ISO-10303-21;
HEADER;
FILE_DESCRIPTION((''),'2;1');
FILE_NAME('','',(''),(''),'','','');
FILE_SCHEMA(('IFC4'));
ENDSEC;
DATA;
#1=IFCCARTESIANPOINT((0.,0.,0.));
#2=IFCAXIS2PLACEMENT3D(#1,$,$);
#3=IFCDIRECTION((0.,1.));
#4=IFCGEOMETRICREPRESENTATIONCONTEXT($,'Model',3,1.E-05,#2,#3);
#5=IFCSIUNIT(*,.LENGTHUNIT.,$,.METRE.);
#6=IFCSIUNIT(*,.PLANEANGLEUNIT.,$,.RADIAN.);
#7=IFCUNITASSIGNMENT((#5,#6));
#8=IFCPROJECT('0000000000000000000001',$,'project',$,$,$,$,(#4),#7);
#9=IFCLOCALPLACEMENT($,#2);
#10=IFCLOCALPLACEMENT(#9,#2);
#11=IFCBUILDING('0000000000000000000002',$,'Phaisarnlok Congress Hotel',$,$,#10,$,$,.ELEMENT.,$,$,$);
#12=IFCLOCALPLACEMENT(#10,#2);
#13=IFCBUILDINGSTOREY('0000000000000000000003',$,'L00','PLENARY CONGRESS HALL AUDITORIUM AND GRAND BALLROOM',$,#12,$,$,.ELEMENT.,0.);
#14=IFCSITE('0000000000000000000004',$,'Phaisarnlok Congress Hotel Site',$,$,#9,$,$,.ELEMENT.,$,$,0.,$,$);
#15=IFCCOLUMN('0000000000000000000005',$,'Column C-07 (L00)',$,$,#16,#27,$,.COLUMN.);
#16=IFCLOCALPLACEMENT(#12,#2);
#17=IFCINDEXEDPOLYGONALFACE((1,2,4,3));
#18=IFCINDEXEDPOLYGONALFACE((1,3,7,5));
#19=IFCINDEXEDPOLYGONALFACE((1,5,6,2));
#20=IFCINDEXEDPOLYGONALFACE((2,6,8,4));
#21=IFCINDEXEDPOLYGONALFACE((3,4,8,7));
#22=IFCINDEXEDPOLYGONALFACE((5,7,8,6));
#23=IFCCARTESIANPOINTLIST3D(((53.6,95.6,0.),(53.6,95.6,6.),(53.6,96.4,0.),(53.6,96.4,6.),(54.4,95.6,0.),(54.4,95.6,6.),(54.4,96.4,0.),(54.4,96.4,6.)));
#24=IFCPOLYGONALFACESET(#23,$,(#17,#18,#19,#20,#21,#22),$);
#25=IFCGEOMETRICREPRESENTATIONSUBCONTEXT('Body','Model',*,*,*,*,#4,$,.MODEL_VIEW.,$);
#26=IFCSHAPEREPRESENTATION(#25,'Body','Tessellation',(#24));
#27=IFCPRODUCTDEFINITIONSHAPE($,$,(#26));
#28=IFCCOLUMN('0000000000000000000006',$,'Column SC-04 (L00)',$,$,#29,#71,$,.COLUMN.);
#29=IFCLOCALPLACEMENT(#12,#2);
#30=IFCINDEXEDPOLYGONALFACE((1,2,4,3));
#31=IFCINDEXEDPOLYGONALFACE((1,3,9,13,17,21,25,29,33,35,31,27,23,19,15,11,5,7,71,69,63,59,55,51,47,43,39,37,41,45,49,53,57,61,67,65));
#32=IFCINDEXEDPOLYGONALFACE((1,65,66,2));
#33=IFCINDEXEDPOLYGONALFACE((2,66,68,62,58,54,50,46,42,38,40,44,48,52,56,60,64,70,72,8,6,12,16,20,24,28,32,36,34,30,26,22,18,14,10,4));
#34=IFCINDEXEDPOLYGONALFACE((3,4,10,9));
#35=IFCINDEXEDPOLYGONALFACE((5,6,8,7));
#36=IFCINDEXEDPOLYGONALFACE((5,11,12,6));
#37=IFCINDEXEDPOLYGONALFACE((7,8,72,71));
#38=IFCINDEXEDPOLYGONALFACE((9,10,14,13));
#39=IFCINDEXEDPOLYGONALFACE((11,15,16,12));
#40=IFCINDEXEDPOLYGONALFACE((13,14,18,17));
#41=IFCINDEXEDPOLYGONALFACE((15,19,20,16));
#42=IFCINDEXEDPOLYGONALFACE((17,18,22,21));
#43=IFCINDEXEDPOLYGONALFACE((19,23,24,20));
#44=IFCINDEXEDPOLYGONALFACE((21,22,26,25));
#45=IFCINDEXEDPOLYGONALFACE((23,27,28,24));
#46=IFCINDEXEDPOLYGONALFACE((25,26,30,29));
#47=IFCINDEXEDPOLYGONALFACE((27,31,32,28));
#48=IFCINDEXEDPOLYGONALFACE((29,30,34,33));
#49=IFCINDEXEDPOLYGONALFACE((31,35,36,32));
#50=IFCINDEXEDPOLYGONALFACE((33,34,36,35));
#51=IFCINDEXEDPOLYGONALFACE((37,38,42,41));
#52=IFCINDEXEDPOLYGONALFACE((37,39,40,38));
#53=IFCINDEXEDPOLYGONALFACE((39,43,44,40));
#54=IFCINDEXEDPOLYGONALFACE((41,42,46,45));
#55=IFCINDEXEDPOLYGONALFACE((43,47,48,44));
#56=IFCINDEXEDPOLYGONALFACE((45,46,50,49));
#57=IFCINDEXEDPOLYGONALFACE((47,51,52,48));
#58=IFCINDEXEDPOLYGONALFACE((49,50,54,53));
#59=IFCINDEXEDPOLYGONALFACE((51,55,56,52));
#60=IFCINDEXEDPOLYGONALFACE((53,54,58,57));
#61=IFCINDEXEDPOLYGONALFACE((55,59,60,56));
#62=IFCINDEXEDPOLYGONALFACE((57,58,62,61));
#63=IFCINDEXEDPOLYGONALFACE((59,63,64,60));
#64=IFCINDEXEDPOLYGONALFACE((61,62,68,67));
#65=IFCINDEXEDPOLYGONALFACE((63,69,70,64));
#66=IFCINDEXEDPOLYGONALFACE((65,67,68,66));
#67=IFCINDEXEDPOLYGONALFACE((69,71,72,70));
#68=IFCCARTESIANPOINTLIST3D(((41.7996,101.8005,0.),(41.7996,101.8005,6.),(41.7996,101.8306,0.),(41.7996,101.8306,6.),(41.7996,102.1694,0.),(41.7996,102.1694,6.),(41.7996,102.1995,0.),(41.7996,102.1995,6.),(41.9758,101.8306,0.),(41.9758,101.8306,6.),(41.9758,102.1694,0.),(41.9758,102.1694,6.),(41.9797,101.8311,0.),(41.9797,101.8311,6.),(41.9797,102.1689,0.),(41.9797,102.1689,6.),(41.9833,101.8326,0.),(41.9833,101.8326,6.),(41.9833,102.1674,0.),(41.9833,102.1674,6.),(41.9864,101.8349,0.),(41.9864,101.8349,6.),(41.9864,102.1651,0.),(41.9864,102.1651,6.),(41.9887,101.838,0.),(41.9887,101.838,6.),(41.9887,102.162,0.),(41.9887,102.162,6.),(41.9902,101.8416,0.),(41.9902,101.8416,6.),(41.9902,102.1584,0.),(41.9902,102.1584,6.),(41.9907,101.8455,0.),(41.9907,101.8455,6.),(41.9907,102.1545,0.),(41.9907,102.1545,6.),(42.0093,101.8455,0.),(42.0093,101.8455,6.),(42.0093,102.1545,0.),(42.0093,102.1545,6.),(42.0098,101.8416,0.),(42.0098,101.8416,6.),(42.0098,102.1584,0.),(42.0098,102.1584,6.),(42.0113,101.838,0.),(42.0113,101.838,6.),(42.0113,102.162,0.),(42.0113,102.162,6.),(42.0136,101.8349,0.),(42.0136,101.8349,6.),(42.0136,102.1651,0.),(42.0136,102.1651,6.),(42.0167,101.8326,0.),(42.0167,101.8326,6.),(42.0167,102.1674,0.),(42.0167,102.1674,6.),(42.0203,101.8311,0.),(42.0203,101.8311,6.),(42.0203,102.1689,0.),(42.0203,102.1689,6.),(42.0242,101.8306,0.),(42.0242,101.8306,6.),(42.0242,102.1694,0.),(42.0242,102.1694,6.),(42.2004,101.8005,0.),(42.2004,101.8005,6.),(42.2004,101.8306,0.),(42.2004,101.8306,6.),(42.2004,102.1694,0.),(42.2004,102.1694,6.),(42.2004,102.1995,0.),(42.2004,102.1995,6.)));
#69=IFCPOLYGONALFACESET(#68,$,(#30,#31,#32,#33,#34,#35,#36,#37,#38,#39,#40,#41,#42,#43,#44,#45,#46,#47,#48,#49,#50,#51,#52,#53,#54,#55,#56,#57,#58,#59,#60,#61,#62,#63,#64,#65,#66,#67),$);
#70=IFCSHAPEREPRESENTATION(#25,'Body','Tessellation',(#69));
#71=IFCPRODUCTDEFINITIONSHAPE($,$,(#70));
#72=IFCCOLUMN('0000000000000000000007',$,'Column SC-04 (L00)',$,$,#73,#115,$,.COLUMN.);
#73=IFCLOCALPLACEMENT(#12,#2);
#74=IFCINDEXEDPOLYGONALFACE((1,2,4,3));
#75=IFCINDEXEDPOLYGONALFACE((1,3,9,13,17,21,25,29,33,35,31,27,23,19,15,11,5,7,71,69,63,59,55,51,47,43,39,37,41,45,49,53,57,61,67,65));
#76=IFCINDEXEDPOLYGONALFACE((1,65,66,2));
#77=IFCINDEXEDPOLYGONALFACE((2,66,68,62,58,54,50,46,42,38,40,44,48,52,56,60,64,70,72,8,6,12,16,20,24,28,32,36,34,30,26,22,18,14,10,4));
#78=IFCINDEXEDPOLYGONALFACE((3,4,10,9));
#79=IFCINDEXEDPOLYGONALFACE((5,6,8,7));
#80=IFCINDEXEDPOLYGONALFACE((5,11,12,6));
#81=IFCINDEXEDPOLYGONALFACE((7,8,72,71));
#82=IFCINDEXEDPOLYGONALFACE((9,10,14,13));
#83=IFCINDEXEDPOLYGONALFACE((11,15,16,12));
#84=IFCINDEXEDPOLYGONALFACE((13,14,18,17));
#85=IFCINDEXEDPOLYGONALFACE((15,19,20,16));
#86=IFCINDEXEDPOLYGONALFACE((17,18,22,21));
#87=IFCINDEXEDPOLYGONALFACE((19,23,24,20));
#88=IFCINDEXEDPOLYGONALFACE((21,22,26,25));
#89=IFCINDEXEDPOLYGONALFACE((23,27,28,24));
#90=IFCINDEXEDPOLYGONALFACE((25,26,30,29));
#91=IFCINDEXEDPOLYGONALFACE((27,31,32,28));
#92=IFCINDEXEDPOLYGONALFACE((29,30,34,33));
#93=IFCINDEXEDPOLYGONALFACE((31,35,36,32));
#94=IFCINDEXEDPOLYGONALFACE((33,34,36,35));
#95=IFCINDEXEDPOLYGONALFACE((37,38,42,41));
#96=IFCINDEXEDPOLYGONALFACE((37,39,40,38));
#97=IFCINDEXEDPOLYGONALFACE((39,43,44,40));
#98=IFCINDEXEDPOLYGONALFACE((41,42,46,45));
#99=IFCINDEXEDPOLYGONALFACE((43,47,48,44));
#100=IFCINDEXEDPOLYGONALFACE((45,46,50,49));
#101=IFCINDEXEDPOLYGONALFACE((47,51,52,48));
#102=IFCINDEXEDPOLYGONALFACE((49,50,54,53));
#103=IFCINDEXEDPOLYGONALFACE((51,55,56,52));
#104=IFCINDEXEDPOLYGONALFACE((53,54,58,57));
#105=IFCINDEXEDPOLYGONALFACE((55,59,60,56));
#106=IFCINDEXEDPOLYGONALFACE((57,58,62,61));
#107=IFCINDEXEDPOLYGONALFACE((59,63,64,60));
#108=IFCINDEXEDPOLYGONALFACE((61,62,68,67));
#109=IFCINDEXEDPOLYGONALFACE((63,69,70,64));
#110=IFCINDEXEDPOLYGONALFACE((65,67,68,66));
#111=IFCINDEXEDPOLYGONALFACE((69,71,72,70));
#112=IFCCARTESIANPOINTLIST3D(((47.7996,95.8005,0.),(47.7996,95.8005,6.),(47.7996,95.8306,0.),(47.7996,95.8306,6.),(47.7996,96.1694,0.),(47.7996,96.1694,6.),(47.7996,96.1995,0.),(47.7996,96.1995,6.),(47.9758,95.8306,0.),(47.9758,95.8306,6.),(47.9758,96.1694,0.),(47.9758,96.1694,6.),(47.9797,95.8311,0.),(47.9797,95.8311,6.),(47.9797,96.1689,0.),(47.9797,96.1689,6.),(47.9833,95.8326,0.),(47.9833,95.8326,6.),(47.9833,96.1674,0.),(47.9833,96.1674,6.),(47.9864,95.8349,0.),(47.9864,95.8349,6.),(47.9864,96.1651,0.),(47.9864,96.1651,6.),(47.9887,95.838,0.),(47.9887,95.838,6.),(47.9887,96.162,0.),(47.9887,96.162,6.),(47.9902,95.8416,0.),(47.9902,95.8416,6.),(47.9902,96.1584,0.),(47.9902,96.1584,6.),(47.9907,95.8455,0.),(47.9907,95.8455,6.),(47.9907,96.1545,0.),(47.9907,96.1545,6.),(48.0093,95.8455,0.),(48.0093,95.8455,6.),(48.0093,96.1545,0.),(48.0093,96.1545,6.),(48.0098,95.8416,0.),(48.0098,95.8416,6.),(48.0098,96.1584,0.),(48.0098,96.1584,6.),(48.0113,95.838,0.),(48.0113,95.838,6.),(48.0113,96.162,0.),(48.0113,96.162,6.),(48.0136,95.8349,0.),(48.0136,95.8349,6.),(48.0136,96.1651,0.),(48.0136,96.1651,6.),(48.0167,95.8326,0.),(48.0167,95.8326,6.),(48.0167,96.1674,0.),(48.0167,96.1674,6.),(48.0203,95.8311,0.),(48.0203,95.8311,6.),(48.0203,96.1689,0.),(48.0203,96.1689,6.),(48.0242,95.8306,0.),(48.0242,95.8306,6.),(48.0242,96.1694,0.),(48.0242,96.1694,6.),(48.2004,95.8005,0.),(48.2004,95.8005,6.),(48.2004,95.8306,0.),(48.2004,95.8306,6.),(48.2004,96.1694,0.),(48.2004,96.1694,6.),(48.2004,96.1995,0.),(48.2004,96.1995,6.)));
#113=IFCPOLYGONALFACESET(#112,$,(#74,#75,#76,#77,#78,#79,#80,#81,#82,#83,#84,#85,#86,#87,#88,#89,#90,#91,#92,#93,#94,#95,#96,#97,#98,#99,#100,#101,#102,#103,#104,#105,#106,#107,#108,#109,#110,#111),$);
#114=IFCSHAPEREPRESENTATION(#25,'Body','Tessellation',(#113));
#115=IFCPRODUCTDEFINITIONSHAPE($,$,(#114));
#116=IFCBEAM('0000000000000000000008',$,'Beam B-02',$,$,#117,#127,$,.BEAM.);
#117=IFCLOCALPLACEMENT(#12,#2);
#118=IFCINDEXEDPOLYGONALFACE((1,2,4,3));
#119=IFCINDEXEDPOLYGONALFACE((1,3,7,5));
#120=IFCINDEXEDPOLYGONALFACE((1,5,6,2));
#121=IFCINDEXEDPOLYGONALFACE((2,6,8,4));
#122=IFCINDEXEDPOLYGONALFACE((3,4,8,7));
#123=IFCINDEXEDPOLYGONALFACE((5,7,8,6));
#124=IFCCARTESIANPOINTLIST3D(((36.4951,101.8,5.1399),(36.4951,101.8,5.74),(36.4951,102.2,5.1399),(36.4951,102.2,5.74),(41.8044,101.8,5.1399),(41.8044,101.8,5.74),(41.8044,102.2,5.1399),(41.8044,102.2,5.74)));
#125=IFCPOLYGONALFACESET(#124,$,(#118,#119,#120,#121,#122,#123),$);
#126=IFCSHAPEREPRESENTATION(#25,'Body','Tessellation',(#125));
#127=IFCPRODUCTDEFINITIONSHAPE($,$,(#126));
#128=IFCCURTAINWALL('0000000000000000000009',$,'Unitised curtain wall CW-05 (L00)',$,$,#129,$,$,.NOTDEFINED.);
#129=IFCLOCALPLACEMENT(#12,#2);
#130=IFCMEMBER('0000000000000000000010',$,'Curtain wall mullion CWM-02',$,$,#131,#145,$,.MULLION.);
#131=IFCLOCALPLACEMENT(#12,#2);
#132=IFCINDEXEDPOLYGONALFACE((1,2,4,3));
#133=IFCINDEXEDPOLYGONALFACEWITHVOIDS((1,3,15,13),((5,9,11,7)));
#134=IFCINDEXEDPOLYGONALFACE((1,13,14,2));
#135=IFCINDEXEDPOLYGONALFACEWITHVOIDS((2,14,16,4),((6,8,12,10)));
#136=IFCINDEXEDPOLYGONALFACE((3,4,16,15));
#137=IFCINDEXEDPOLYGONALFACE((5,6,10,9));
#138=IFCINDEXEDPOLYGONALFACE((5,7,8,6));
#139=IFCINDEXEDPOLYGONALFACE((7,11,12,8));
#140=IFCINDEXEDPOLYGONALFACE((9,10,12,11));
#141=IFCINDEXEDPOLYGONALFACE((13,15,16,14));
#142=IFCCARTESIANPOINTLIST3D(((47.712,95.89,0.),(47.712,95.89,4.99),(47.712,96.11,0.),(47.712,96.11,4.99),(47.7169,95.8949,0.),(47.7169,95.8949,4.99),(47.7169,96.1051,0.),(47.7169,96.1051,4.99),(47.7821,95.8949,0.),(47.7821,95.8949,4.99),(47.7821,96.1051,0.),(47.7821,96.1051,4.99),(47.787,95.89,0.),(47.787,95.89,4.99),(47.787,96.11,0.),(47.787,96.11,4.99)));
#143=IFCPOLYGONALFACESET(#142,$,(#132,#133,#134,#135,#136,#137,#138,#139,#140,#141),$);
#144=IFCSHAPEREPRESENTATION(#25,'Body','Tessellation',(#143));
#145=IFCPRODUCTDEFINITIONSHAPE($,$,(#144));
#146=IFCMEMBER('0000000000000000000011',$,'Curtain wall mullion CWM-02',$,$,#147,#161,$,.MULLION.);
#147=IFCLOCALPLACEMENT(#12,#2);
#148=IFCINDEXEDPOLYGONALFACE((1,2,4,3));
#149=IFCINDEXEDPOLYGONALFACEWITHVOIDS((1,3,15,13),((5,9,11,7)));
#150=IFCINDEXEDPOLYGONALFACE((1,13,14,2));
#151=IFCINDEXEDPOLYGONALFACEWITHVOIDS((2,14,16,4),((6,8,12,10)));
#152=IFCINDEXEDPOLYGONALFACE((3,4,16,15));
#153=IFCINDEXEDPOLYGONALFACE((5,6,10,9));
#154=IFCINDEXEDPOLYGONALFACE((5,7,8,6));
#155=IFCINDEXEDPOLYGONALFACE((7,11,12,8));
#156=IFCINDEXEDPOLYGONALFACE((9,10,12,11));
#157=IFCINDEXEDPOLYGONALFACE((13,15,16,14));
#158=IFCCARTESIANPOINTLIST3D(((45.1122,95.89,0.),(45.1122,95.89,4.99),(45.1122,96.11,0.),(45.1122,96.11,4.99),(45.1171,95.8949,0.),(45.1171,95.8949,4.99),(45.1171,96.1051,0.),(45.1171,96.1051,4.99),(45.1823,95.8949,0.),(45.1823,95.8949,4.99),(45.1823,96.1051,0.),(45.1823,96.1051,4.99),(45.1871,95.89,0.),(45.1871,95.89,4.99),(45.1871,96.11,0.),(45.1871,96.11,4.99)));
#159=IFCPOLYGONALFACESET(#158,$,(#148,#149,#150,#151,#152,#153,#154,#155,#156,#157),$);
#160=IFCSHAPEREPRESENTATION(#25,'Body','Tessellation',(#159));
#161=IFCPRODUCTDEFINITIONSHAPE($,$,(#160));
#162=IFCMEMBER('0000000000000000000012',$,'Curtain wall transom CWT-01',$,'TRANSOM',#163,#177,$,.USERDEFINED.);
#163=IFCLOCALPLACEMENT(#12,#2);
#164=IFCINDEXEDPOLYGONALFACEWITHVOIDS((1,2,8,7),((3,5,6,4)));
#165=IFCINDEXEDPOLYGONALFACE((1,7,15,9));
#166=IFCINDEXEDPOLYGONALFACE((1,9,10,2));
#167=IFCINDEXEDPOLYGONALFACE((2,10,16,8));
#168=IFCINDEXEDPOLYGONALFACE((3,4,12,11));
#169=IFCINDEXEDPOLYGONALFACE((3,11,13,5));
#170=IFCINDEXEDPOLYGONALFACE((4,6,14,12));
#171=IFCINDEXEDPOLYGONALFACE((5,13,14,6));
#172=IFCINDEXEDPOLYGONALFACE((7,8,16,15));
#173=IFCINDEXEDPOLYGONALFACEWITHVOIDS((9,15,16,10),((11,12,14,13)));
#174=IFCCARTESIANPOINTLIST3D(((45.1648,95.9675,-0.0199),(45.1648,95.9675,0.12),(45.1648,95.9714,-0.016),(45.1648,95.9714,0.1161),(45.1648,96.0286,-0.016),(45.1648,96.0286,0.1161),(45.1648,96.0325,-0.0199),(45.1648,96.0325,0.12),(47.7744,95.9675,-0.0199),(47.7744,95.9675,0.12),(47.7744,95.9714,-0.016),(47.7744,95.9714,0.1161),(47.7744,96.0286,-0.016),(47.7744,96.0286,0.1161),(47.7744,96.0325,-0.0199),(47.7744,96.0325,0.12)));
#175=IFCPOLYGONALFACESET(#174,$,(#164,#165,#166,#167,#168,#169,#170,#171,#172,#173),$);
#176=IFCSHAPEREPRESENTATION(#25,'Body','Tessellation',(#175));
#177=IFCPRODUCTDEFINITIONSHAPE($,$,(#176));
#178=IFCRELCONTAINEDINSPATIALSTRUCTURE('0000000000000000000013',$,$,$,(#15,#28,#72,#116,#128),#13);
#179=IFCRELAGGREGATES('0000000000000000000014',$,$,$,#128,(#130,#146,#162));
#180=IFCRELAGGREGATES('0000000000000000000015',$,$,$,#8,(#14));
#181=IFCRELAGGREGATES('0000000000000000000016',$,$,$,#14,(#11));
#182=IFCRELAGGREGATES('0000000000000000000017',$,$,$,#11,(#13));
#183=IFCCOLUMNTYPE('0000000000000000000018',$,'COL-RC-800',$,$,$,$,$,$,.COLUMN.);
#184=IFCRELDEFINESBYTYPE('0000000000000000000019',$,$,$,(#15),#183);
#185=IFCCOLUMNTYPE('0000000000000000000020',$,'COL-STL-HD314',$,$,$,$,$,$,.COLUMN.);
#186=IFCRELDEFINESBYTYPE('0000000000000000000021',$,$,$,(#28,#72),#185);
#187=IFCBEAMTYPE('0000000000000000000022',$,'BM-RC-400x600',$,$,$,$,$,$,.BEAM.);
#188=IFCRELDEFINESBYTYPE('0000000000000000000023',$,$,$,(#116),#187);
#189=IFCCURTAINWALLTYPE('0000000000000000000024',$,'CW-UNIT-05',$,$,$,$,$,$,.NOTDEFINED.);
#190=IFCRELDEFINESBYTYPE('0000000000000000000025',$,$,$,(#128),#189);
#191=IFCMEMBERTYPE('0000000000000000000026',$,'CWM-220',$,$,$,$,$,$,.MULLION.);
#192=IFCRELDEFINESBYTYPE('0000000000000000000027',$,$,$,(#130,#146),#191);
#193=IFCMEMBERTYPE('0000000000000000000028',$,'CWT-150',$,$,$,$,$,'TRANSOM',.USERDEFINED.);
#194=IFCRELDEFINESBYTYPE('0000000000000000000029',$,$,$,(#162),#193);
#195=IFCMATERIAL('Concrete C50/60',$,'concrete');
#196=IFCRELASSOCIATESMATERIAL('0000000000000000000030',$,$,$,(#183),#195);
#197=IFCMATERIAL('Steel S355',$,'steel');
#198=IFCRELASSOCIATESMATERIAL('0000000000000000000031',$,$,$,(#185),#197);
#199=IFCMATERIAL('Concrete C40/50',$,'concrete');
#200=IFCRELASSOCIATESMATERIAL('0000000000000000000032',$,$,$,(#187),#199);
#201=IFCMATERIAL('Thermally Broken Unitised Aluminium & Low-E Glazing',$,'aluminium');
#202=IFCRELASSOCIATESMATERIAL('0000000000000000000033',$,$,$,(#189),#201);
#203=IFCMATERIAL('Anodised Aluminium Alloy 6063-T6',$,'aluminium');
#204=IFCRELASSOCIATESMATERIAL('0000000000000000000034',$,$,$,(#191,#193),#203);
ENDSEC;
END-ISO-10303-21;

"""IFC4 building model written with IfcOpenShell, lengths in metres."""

from ifc_helpers import new_model, si_unit, direction, frame, origin, origin_2d, place, context, subcontext, project, spatial, rectangle, hollow_rectangle, i_section, extrude, material, material_profile, profile_set, type_object, element, aggregate, save


model = new_model("IFC4")

# Units and contexts
model_context = context("Model", 3, precision=1e-05, world=origin(), true_north=direction((0.0, 1.0)))
body_context = subcontext(model_context, "Body", "Model", "MODEL_VIEW")
ifc_project = project(units=[si_unit("LENGTHUNIT", "METRE"), si_unit("PLANEANGLEUNIT", "RADIAN")], contexts=[model_context])

# Site, building, storey
site_placement = place(None, origin())
site = spatial("IfcSite", under=ifc_project, at=site_placement, Name="Phaisarnlok Congress Hotel Site", CompositionType="ELEMENT", RefElevation=0.0)
building_placement = place(site_placement, origin())
building = spatial("IfcBuilding", under=site, at=building_placement, Name="Phaisarnlok Congress Hotel", CompositionType="ELEMENT")
storey_placement = place(building_placement, origin())
storey = spatial("IfcBuildingStorey", under=building, at=storey_placement, Name="L00", Description="PLENARY CONGRESS HALL AUDITORIUM AND GRAND BALLROOM", CompositionType="ELEMENT", Elevation=0.0)

# Columns
ifc_material_1 = material(Name="Concrete C50/60", Category="concrete")
ifc_material_profile_1 = material_profile(ifc_material_1, rectangle(XDim=0.8, YDim=0.8, at=origin_2d()), Name="RC 800x800")
ifc_profile_set_1 = profile_set([ifc_material_profile_1], Name="Concrete C50/60")
column_type_1 = type_object("IfcColumnType", Name="COL-RC-800", PredefinedType="COLUMN", material=ifc_profile_set_1)
column_placement = place(storey_placement, frame((54.0, 96.0, 0.0), z_axis=(0.0, 0.0, 1.0), x_axis=(1.0, 0.0, 0.0)))
element("IfcColumn", 1, at=column_placement, inside=storey, type_object=column_type_1, Name="Column C-07 (L00)", PredefinedType="COLUMN", context=body_context, shape_type="SweptSolid", body=[
    extrude(rectangle(XDim=0.8, YDim=0.8, at=origin_2d()), origin(), (0.0, 0.0, 1.0), 6.0),
])
ifc_material_2 = material(Name="Steel S355", Category="steel")
ifc_material_profile_2 = material_profile(ifc_material_2, i_section(OverallWidth=0.4009, OverallDepth=0.3989, WebThickness=0.0186, FlangeThickness=0.03, FilletRadius=0.0149, at=origin_2d()), Name="HD 400x314")
ifc_profile_set_2 = profile_set([ifc_material_profile_2], Name="Steel S355")
column_type_2 = type_object("IfcColumnType", Name="COL-STL-HD314", PredefinedType="COLUMN", material=ifc_profile_set_2)
for number, where, z_axis, x_axis, name in (
    (2, (42.0, 102.0, 0.0), (0.0, 0.0, 1.0), (1.0, 0.0, 0.0), "Column SC-04 (L00)"),
    (3, (48.0, 96.0, 0.0), (0.0, 0.0, 1.0), (1.0, 0.0, 0.0), "Column SC-04 (L00)"),
):
    element("IfcColumn", number, at=place(storey_placement, frame(where, z_axis=z_axis, x_axis=x_axis)), inside=storey, type_object=column_type_2, Name=name, PredefinedType="COLUMN", context=body_context, shape_type="SweptSolid", body=[
        extrude(i_section(OverallWidth=0.4009, OverallDepth=0.3989, WebThickness=0.0186, FlangeThickness=0.03, FilletRadius=0.0149, at=origin_2d()), origin(), (0.0, 0.0, 1.0), 6.0),
    ])

# Beam
ifc_material_3 = material(Name="Concrete C40/50", Category="concrete")
ifc_material_profile_3 = material_profile(ifc_material_3, rectangle(XDim=0.3999, YDim=0.6001, at=origin_2d()), Name="RC 400x600")
ifc_profile_set_3 = profile_set([ifc_material_profile_3], Name="Concrete C40/50")
beam_type_1 = type_object("IfcBeamType", Name="BM-RC-400x600", PredefinedType="BEAM", material=ifc_profile_set_3)
beam_1_placement = place(storey_placement, frame((36.4951, 102.0, 5.4399), z_axis=(1.0, 0.0, 0.0), x_axis=(0.0, 1.0, 0.0)))
element("IfcBeam", 4, at=beam_1_placement, inside=storey, type_object=beam_type_1, Name="Beam B-02", PredefinedType="BEAM", context=body_context, shape_type="SweptSolid", body=[
    extrude(rectangle(XDim=0.3999, YDim=0.6001, at=origin_2d()), origin(), (0.0, 0.0, 1.0), 5.3093),
])

# Curtain wall, members
ifc_material_4 = material(Name="Thermally Broken Unitised Aluminium & Low-E Glazing", Category="aluminium")
curtain_wall_type = type_object("IfcCurtainWallType", Name="CW-UNIT-05", PredefinedType="NOTDEFINED", material=ifc_material_4)
curtain_wall_placement = place(storey_placement, origin())
curtain_wall = element("IfcCurtainWall", 5, at=curtain_wall_placement, inside=storey, type_object=curtain_wall_type, Name="Unitised curtain wall CW-05 (L00)", PredefinedType="NOTDEFINED")
ifc_material_5 = material(Name="Anodised Aluminium Alloy 6063-T6", Category="aluminium")
ifc_material_profile_4 = material_profile(ifc_material_5, hollow_rectangle(XDim=0.075, YDim=0.22, WallThickness=0.0049, at=origin_2d()), Name="ALU-M 75x220x5")
ifc_profile_set_4 = profile_set([ifc_material_profile_4], Name="Anodised Aluminium Alloy 6063-T6")
member_type_1 = type_object("IfcMemberType", Name="CWM-220", PredefinedType="MULLION", material=ifc_profile_set_4)
member_1_placement = place(storey_placement, frame((47.7495, 96.0, 0.0), z_axis=(0.0, 0.0, 1.0), x_axis=(-1.0, 0.0, 0.0)))
member_1 = element("IfcMember", 6, at=member_1_placement, type_object=member_type_1, Name="Curtain wall mullion CWM-02", PredefinedType="MULLION", context=body_context, shape_type="SweptSolid", body=[
    extrude(hollow_rectangle(XDim=0.075, YDim=0.22, WallThickness=0.0049, at=origin_2d()), origin(), (0.0, 0.0, 1.0), 4.99),
])
member_2_placement = place(storey_placement, frame((45.1497, 96.0, 0.0), z_axis=(0.0, 0.0, 1.0), x_axis=(-1.0, 0.0, 0.0)))
member_2 = element("IfcMember", 7, at=member_2_placement, type_object=member_type_1, Name="Curtain wall mullion CWM-02", PredefinedType="MULLION", context=body_context, shape_type="SweptSolid", body=[
    extrude(hollow_rectangle(XDim=0.075, YDim=0.22, WallThickness=0.0049, at=origin_2d()), origin(), (0.0, 0.0, 1.0), 4.99),
])
ifc_material_profile_5 = material_profile(ifc_material_5, hollow_rectangle(XDim=0.0649, YDim=0.1399, WallThickness=0.0039, at=origin_2d()), Name="ALU-T 65x140x4")
ifc_profile_set_5 = profile_set([ifc_material_profile_5], Name="Anodised Aluminium Alloy 6063-T6")
member_type_2 = type_object("IfcMemberType", Name="CWT-150", ElementType="TRANSOM", PredefinedType="USERDEFINED", material=ifc_profile_set_5)
member_3_placement = place(storey_placement, frame((47.7744, 96.0, 0.05), z_axis=(-1.0, 0.0, 0.0), x_axis=(0.0, -1.0, 0.0)))
member_3 = element("IfcMember", 8, at=member_3_placement, type_object=member_type_2, Name="Curtain wall transom CWT-01", ObjectType="TRANSOM", PredefinedType="USERDEFINED", context=body_context, shape_type="SweptSolid", body=[
    extrude(hollow_rectangle(XDim=0.0649, YDim=0.1399, WallThickness=0.0039, at=origin_2d()), origin(), (0.0, 0.0, 1.0), 2.6096),
])

aggregate(curtain_wall, [member_1, member_2, member_3])

save(model, "model.ifc")
